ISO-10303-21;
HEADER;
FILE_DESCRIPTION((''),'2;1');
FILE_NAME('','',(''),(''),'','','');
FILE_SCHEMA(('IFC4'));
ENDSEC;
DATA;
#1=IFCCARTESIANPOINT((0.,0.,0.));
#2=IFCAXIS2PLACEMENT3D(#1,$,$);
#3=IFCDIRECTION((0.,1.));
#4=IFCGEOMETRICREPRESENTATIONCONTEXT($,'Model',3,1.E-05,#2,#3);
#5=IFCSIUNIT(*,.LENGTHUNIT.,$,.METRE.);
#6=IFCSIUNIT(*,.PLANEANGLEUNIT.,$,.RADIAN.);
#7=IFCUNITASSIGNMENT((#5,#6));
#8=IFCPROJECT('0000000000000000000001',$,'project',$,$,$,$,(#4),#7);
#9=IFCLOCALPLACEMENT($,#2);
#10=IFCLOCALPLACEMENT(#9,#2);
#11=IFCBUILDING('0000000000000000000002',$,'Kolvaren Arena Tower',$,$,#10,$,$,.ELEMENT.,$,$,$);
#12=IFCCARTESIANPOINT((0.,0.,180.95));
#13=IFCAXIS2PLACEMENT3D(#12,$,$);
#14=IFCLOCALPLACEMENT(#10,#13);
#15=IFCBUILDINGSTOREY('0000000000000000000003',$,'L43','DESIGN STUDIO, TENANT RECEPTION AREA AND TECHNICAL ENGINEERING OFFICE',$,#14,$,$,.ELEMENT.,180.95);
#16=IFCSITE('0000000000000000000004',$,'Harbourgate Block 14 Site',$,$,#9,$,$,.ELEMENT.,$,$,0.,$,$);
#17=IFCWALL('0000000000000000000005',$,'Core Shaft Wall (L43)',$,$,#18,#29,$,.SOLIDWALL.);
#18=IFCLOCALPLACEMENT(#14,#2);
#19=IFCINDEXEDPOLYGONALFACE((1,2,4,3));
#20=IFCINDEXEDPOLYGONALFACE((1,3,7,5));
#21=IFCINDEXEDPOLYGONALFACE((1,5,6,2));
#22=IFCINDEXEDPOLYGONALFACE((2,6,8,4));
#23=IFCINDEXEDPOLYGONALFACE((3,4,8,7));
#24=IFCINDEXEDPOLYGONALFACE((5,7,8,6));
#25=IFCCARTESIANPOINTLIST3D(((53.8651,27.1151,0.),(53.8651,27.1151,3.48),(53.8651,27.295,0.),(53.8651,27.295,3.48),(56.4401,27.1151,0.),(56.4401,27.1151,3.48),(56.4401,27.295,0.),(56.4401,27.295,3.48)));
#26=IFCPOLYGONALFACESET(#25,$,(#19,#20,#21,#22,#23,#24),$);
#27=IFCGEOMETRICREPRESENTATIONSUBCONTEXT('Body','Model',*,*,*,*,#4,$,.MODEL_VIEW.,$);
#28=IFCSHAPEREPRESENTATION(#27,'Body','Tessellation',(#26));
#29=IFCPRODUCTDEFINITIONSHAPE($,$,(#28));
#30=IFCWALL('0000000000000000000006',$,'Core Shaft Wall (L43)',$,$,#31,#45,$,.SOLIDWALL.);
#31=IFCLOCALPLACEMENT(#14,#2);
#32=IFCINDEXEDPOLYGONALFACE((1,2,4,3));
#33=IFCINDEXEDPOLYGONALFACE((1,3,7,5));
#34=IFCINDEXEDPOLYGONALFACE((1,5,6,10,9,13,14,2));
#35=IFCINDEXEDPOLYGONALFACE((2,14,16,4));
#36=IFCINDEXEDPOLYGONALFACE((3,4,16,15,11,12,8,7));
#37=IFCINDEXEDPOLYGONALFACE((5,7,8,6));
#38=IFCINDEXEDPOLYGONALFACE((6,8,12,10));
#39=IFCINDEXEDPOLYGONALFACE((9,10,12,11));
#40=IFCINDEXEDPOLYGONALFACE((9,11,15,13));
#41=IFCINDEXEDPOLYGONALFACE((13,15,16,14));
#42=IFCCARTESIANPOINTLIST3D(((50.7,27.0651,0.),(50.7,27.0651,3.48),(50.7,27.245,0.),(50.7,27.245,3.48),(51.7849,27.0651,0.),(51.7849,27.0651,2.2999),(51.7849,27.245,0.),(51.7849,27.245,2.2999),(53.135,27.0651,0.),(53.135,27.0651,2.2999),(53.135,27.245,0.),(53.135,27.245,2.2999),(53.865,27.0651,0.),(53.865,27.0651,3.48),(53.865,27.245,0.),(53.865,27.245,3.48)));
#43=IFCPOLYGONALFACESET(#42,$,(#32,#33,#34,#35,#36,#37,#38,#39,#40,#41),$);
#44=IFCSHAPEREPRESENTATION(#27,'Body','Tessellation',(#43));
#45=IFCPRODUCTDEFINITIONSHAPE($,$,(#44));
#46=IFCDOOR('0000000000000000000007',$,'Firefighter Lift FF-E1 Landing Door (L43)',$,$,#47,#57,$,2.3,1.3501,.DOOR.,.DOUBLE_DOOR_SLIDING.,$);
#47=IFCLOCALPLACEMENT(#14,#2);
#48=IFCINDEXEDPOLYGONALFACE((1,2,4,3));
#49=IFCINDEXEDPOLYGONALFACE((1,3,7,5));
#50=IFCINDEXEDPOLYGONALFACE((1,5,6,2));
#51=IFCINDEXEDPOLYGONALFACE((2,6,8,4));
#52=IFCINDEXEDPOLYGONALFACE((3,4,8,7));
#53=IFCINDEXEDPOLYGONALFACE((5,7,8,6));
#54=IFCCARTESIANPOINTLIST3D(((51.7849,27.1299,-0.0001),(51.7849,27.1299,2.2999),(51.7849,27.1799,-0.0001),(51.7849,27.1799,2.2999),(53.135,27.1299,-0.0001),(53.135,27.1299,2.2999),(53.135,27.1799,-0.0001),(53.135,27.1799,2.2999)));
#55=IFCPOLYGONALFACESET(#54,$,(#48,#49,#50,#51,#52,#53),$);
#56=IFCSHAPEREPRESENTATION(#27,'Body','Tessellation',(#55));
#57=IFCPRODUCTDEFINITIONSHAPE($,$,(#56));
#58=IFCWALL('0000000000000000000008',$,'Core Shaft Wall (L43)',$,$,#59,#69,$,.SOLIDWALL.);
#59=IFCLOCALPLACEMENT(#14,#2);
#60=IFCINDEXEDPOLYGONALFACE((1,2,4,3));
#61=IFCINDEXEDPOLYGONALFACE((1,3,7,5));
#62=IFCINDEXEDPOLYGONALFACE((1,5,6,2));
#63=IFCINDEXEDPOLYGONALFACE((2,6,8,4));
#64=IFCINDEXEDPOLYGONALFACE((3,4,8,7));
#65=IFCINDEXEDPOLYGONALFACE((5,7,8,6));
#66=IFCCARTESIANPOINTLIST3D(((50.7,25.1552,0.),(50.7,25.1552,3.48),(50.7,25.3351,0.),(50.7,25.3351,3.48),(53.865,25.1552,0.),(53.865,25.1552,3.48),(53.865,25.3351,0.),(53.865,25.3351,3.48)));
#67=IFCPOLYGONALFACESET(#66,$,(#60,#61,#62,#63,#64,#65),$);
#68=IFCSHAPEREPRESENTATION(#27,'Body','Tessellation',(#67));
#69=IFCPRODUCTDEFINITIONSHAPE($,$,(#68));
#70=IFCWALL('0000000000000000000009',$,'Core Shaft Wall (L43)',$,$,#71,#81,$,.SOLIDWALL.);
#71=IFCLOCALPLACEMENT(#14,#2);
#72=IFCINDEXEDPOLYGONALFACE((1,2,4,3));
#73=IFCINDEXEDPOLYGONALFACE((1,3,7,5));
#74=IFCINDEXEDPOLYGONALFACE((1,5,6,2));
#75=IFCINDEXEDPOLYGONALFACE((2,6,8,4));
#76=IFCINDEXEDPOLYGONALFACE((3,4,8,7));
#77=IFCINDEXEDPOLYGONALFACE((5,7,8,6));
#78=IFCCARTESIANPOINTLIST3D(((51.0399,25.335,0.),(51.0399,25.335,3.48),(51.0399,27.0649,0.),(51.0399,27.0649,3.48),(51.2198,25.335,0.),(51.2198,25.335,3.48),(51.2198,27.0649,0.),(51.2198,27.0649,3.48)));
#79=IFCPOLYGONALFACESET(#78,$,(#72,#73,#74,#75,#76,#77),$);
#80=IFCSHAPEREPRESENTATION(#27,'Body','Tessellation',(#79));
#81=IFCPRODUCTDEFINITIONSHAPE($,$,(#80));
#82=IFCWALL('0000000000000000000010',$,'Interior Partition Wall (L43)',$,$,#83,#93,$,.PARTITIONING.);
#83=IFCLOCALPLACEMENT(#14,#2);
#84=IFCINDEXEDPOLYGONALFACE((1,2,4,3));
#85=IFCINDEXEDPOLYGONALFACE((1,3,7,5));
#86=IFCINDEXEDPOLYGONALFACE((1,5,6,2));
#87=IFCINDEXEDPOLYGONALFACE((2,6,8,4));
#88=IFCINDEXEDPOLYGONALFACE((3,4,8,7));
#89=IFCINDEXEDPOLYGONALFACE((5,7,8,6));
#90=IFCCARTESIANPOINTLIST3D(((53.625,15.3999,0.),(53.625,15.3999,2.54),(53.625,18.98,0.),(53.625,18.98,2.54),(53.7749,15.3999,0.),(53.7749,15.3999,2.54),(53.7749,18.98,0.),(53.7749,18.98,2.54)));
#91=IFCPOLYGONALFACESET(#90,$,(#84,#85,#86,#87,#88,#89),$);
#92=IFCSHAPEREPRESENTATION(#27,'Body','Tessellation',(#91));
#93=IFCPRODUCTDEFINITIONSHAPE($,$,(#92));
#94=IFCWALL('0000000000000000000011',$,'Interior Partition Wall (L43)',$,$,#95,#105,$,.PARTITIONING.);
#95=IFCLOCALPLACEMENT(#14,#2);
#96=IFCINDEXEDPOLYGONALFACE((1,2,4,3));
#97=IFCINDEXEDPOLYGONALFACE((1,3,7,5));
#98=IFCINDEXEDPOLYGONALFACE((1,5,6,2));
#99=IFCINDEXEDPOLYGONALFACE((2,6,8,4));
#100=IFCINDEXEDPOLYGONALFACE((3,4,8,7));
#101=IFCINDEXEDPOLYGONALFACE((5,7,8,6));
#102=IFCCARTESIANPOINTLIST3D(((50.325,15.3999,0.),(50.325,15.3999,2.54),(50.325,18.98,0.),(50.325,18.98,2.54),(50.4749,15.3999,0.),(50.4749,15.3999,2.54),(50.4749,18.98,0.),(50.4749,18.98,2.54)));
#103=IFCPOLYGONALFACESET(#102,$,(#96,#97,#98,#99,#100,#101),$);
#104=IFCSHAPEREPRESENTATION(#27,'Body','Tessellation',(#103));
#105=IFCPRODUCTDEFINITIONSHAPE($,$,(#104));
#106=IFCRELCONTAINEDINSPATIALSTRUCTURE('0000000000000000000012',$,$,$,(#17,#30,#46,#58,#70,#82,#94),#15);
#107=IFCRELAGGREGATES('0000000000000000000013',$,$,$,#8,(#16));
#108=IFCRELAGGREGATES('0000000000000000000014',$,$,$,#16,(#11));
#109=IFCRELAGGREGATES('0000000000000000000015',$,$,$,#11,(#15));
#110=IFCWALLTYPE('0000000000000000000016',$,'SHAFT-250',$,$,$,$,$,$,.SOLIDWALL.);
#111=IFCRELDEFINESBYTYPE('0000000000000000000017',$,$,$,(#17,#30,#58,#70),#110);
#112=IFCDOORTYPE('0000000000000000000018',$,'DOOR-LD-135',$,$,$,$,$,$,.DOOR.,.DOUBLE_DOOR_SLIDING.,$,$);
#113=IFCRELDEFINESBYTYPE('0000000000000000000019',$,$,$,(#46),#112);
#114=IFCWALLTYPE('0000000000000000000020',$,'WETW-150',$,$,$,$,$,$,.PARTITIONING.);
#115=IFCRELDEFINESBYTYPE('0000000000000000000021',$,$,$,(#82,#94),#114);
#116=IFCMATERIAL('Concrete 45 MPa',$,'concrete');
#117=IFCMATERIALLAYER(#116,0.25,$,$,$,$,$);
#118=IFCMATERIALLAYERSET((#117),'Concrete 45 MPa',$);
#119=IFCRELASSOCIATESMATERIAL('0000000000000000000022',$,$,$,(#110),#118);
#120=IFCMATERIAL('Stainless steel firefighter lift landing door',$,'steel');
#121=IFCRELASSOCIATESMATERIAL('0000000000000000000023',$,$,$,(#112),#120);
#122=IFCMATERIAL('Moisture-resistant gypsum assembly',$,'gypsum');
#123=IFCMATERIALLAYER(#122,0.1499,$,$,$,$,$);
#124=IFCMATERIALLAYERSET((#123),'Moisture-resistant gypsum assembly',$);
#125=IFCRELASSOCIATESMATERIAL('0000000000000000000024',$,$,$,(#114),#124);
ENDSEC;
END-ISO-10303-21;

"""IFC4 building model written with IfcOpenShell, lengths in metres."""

from ifc_helpers import new_model, si_unit, direction, frame, frame_2d, origin, place, context, subcontext, project, spatial, rectangle, extrude, material, layer, layer_set, type_object, element, fill, save


model = new_model("IFC4")

# Units and contexts
model_context = context("Model", 3, precision=1e-05, world=origin(), true_north=direction((0.0, 1.0)))
body_context = subcontext(model_context, "Body", "Model", "MODEL_VIEW")
ifc_project = project(units=[si_unit("LENGTHUNIT", "METRE"), si_unit("PLANEANGLEUNIT", "RADIAN")], contexts=[model_context])

# Site, building, storey
site_placement = place(None, origin())
site = spatial("IfcSite", under=ifc_project, at=site_placement, Name="Harbourgate Block 14 Site", CompositionType="ELEMENT", RefElevation=0.0)
building_placement = place(site_placement, origin())
building = spatial("IfcBuilding", under=site, at=building_placement, Name="Kolvaren Arena Tower", CompositionType="ELEMENT")
storey_placement = place(building_placement, frame((0.0, 0.0, 180.95)))
storey = spatial("IfcBuildingStorey", under=building, at=storey_placement, Name="L43", Description="DESIGN STUDIO, TENANT RECEPTION AREA AND TECHNICAL ENGINEERING OFFICE", CompositionType="ELEMENT", Elevation=180.95)

# Wall
ifc_material_1 = material(Name="Concrete 45 MPa", Category="concrete")
ifc_layer_1 = layer(ifc_material_1, 0.25)
ifc_layer_set_1 = layer_set([ifc_layer_1], Name="Concrete 45 MPa")
wall_type_1 = type_object("IfcWallType", Name="SHAFT-250", PredefinedType="SOLIDWALL", material=ifc_layer_set_1)
wall_1_placement = place(storey_placement, frame((53.865, 27.2051, 0.0), z_axis=(0.0, 0.0, 1.0), x_axis=(1.0, 0.0, 0.0)))
element("IfcWall", 1, at=wall_1_placement, inside=storey, type_object=wall_type_1, Name="Core Shaft Wall (L43)", PredefinedType="SOLIDWALL", context=body_context, shape_type="SweptSolid", body=[
    extrude(rectangle(XDim=2.575, YDim=0.1799, at=frame_2d((1.2876, 0.0))), origin(), (0.0, 0.0, 1.0), 3.48),
])

# Wall, opening, door
wall_2_placement = place(storey_placement, frame((50.7, 27.155, 0.0), z_axis=(0.0, 0.0, 1.0), x_axis=(1.0, 0.0, 0.0)))
wall_2 = element("IfcWall", 2, at=wall_2_placement, inside=storey, type_object=wall_type_1, Name="Core Shaft Wall (L43)", PredefinedType="SOLIDWALL", context=body_context, shape_type="SweptSolid", body=[
    extrude(rectangle(XDim=3.165, YDim=0.1799, at=frame_2d((1.5825, 0.0))), origin(), (0.0, 0.0, 1.0), 3.48),
])
opening_1_placement = place(wall_2_placement, frame((1.085, 0.0, 0.0)))
opening_1 = element("IfcOpeningElement", 3, at=opening_1_placement, cuts=wall_2, PredefinedType="OPENING", context=body_context, shape_type="SweptSolid", body=[
    extrude(rectangle(XDim=1.3501, YDim=2.3, at=frame_2d((0.675, 1.1499))), frame((0.0, 0.0999, 0.0), z_axis=(0.0, -1.0, 0.0), x_axis=(1.0, 0.0, 0.0)), (0.0, 0.0, 1.0), 0.2),
])
ifc_material_2 = material(Name="Stainless steel firefighter lift landing door", Category="steel")
door_type_1 = type_object("IfcDoorType", Name="DOOR-LD-135", OperationType="DOUBLE_DOOR_SLIDING", PredefinedType="DOOR", material=ifc_material_2)
door_1_placement = place(opening_1_placement, origin())
door_1 = element("IfcDoor", 4, at=door_1_placement, inside=storey, type_object=door_type_1, Name="Firefighter Lift FF-E1 Landing Door (L43)", OperationType="DOUBLE_DOOR_SLIDING", OverallHeight=2.3, OverallWidth=1.3501, PredefinedType="DOOR", context=body_context, shape_type="SweptSolid", body=[
    extrude(rectangle(XDim=1.3501, YDim=2.3, at=frame_2d((0.675, 1.1499))), frame((0.0, 0.0249, 0.0), z_axis=(0.0, -1.0, 0.0), x_axis=(1.0, 0.0, 0.0)), (0.0, 0.0, 1.0), 0.05),
])
fill(opening_1, door_1)

# Walls
wall_3_placement = place(storey_placement, frame((50.7, 25.2451, 0.0), z_axis=(0.0, 0.0, 1.0), x_axis=(1.0, 0.0, 0.0)))
element("IfcWall", 5, at=wall_3_placement, inside=storey, type_object=wall_type_1, Name="Core Shaft Wall (L43)", PredefinedType="SOLIDWALL", context=body_context, shape_type="SweptSolid", body=[
    extrude(rectangle(XDim=3.165, YDim=0.1799, at=frame_2d((1.5825, 0.0))), origin(), (0.0, 0.0, 1.0), 3.48),
])
wall_4_placement = place(storey_placement, frame((51.1299, 25.335, 0.0), z_axis=(0.0, 0.0, 1.0), x_axis=(0.0, 1.0, 0.0)))
element("IfcWall", 6, at=wall_4_placement, inside=storey, type_object=wall_type_1, Name="Core Shaft Wall (L43)", PredefinedType="SOLIDWALL", context=body_context, shape_type="SweptSolid", body=[
    extrude(rectangle(XDim=1.73, YDim=0.1799, at=frame_2d((0.865, 0.0))), origin(), (0.0, 0.0, 1.0), 3.48),
])
ifc_material_3 = material(Name="Moisture-resistant gypsum assembly", Category="gypsum")
ifc_layer_2 = layer(ifc_material_3, 0.1499)
ifc_layer_set_2 = layer_set([ifc_layer_2], Name="Moisture-resistant gypsum assembly")
wall_type_2 = type_object("IfcWallType", Name="WETW-150", PredefinedType="PARTITIONING", material=ifc_layer_set_2)
for number, where, z_axis, x_axis, name in (
    (7, (53.7, 15.3999, 0.0), (0.0, 0.0, 1.0), (0.0, 1.0, 0.0), "Interior Partition Wall (L43)"),
    (8, (50.3999, 15.3999, 0.0), (0.0, 0.0, 1.0), (0.0, 1.0, 0.0), "Interior Partition Wall (L43)"),
):
    element("IfcWall", number, at=place(storey_placement, frame(where, z_axis=z_axis, x_axis=x_axis)), inside=storey, type_object=wall_type_2, Name=name, PredefinedType="PARTITIONING", context=body_context, shape_type="SweptSolid", body=[
        extrude(rectangle(XDim=3.5801, YDim=0.1499, at=frame_2d((1.79, 0.0))), origin(), (0.0, 0.0, 1.0), 2.54),
    ])

save(model, "model.ifc")
